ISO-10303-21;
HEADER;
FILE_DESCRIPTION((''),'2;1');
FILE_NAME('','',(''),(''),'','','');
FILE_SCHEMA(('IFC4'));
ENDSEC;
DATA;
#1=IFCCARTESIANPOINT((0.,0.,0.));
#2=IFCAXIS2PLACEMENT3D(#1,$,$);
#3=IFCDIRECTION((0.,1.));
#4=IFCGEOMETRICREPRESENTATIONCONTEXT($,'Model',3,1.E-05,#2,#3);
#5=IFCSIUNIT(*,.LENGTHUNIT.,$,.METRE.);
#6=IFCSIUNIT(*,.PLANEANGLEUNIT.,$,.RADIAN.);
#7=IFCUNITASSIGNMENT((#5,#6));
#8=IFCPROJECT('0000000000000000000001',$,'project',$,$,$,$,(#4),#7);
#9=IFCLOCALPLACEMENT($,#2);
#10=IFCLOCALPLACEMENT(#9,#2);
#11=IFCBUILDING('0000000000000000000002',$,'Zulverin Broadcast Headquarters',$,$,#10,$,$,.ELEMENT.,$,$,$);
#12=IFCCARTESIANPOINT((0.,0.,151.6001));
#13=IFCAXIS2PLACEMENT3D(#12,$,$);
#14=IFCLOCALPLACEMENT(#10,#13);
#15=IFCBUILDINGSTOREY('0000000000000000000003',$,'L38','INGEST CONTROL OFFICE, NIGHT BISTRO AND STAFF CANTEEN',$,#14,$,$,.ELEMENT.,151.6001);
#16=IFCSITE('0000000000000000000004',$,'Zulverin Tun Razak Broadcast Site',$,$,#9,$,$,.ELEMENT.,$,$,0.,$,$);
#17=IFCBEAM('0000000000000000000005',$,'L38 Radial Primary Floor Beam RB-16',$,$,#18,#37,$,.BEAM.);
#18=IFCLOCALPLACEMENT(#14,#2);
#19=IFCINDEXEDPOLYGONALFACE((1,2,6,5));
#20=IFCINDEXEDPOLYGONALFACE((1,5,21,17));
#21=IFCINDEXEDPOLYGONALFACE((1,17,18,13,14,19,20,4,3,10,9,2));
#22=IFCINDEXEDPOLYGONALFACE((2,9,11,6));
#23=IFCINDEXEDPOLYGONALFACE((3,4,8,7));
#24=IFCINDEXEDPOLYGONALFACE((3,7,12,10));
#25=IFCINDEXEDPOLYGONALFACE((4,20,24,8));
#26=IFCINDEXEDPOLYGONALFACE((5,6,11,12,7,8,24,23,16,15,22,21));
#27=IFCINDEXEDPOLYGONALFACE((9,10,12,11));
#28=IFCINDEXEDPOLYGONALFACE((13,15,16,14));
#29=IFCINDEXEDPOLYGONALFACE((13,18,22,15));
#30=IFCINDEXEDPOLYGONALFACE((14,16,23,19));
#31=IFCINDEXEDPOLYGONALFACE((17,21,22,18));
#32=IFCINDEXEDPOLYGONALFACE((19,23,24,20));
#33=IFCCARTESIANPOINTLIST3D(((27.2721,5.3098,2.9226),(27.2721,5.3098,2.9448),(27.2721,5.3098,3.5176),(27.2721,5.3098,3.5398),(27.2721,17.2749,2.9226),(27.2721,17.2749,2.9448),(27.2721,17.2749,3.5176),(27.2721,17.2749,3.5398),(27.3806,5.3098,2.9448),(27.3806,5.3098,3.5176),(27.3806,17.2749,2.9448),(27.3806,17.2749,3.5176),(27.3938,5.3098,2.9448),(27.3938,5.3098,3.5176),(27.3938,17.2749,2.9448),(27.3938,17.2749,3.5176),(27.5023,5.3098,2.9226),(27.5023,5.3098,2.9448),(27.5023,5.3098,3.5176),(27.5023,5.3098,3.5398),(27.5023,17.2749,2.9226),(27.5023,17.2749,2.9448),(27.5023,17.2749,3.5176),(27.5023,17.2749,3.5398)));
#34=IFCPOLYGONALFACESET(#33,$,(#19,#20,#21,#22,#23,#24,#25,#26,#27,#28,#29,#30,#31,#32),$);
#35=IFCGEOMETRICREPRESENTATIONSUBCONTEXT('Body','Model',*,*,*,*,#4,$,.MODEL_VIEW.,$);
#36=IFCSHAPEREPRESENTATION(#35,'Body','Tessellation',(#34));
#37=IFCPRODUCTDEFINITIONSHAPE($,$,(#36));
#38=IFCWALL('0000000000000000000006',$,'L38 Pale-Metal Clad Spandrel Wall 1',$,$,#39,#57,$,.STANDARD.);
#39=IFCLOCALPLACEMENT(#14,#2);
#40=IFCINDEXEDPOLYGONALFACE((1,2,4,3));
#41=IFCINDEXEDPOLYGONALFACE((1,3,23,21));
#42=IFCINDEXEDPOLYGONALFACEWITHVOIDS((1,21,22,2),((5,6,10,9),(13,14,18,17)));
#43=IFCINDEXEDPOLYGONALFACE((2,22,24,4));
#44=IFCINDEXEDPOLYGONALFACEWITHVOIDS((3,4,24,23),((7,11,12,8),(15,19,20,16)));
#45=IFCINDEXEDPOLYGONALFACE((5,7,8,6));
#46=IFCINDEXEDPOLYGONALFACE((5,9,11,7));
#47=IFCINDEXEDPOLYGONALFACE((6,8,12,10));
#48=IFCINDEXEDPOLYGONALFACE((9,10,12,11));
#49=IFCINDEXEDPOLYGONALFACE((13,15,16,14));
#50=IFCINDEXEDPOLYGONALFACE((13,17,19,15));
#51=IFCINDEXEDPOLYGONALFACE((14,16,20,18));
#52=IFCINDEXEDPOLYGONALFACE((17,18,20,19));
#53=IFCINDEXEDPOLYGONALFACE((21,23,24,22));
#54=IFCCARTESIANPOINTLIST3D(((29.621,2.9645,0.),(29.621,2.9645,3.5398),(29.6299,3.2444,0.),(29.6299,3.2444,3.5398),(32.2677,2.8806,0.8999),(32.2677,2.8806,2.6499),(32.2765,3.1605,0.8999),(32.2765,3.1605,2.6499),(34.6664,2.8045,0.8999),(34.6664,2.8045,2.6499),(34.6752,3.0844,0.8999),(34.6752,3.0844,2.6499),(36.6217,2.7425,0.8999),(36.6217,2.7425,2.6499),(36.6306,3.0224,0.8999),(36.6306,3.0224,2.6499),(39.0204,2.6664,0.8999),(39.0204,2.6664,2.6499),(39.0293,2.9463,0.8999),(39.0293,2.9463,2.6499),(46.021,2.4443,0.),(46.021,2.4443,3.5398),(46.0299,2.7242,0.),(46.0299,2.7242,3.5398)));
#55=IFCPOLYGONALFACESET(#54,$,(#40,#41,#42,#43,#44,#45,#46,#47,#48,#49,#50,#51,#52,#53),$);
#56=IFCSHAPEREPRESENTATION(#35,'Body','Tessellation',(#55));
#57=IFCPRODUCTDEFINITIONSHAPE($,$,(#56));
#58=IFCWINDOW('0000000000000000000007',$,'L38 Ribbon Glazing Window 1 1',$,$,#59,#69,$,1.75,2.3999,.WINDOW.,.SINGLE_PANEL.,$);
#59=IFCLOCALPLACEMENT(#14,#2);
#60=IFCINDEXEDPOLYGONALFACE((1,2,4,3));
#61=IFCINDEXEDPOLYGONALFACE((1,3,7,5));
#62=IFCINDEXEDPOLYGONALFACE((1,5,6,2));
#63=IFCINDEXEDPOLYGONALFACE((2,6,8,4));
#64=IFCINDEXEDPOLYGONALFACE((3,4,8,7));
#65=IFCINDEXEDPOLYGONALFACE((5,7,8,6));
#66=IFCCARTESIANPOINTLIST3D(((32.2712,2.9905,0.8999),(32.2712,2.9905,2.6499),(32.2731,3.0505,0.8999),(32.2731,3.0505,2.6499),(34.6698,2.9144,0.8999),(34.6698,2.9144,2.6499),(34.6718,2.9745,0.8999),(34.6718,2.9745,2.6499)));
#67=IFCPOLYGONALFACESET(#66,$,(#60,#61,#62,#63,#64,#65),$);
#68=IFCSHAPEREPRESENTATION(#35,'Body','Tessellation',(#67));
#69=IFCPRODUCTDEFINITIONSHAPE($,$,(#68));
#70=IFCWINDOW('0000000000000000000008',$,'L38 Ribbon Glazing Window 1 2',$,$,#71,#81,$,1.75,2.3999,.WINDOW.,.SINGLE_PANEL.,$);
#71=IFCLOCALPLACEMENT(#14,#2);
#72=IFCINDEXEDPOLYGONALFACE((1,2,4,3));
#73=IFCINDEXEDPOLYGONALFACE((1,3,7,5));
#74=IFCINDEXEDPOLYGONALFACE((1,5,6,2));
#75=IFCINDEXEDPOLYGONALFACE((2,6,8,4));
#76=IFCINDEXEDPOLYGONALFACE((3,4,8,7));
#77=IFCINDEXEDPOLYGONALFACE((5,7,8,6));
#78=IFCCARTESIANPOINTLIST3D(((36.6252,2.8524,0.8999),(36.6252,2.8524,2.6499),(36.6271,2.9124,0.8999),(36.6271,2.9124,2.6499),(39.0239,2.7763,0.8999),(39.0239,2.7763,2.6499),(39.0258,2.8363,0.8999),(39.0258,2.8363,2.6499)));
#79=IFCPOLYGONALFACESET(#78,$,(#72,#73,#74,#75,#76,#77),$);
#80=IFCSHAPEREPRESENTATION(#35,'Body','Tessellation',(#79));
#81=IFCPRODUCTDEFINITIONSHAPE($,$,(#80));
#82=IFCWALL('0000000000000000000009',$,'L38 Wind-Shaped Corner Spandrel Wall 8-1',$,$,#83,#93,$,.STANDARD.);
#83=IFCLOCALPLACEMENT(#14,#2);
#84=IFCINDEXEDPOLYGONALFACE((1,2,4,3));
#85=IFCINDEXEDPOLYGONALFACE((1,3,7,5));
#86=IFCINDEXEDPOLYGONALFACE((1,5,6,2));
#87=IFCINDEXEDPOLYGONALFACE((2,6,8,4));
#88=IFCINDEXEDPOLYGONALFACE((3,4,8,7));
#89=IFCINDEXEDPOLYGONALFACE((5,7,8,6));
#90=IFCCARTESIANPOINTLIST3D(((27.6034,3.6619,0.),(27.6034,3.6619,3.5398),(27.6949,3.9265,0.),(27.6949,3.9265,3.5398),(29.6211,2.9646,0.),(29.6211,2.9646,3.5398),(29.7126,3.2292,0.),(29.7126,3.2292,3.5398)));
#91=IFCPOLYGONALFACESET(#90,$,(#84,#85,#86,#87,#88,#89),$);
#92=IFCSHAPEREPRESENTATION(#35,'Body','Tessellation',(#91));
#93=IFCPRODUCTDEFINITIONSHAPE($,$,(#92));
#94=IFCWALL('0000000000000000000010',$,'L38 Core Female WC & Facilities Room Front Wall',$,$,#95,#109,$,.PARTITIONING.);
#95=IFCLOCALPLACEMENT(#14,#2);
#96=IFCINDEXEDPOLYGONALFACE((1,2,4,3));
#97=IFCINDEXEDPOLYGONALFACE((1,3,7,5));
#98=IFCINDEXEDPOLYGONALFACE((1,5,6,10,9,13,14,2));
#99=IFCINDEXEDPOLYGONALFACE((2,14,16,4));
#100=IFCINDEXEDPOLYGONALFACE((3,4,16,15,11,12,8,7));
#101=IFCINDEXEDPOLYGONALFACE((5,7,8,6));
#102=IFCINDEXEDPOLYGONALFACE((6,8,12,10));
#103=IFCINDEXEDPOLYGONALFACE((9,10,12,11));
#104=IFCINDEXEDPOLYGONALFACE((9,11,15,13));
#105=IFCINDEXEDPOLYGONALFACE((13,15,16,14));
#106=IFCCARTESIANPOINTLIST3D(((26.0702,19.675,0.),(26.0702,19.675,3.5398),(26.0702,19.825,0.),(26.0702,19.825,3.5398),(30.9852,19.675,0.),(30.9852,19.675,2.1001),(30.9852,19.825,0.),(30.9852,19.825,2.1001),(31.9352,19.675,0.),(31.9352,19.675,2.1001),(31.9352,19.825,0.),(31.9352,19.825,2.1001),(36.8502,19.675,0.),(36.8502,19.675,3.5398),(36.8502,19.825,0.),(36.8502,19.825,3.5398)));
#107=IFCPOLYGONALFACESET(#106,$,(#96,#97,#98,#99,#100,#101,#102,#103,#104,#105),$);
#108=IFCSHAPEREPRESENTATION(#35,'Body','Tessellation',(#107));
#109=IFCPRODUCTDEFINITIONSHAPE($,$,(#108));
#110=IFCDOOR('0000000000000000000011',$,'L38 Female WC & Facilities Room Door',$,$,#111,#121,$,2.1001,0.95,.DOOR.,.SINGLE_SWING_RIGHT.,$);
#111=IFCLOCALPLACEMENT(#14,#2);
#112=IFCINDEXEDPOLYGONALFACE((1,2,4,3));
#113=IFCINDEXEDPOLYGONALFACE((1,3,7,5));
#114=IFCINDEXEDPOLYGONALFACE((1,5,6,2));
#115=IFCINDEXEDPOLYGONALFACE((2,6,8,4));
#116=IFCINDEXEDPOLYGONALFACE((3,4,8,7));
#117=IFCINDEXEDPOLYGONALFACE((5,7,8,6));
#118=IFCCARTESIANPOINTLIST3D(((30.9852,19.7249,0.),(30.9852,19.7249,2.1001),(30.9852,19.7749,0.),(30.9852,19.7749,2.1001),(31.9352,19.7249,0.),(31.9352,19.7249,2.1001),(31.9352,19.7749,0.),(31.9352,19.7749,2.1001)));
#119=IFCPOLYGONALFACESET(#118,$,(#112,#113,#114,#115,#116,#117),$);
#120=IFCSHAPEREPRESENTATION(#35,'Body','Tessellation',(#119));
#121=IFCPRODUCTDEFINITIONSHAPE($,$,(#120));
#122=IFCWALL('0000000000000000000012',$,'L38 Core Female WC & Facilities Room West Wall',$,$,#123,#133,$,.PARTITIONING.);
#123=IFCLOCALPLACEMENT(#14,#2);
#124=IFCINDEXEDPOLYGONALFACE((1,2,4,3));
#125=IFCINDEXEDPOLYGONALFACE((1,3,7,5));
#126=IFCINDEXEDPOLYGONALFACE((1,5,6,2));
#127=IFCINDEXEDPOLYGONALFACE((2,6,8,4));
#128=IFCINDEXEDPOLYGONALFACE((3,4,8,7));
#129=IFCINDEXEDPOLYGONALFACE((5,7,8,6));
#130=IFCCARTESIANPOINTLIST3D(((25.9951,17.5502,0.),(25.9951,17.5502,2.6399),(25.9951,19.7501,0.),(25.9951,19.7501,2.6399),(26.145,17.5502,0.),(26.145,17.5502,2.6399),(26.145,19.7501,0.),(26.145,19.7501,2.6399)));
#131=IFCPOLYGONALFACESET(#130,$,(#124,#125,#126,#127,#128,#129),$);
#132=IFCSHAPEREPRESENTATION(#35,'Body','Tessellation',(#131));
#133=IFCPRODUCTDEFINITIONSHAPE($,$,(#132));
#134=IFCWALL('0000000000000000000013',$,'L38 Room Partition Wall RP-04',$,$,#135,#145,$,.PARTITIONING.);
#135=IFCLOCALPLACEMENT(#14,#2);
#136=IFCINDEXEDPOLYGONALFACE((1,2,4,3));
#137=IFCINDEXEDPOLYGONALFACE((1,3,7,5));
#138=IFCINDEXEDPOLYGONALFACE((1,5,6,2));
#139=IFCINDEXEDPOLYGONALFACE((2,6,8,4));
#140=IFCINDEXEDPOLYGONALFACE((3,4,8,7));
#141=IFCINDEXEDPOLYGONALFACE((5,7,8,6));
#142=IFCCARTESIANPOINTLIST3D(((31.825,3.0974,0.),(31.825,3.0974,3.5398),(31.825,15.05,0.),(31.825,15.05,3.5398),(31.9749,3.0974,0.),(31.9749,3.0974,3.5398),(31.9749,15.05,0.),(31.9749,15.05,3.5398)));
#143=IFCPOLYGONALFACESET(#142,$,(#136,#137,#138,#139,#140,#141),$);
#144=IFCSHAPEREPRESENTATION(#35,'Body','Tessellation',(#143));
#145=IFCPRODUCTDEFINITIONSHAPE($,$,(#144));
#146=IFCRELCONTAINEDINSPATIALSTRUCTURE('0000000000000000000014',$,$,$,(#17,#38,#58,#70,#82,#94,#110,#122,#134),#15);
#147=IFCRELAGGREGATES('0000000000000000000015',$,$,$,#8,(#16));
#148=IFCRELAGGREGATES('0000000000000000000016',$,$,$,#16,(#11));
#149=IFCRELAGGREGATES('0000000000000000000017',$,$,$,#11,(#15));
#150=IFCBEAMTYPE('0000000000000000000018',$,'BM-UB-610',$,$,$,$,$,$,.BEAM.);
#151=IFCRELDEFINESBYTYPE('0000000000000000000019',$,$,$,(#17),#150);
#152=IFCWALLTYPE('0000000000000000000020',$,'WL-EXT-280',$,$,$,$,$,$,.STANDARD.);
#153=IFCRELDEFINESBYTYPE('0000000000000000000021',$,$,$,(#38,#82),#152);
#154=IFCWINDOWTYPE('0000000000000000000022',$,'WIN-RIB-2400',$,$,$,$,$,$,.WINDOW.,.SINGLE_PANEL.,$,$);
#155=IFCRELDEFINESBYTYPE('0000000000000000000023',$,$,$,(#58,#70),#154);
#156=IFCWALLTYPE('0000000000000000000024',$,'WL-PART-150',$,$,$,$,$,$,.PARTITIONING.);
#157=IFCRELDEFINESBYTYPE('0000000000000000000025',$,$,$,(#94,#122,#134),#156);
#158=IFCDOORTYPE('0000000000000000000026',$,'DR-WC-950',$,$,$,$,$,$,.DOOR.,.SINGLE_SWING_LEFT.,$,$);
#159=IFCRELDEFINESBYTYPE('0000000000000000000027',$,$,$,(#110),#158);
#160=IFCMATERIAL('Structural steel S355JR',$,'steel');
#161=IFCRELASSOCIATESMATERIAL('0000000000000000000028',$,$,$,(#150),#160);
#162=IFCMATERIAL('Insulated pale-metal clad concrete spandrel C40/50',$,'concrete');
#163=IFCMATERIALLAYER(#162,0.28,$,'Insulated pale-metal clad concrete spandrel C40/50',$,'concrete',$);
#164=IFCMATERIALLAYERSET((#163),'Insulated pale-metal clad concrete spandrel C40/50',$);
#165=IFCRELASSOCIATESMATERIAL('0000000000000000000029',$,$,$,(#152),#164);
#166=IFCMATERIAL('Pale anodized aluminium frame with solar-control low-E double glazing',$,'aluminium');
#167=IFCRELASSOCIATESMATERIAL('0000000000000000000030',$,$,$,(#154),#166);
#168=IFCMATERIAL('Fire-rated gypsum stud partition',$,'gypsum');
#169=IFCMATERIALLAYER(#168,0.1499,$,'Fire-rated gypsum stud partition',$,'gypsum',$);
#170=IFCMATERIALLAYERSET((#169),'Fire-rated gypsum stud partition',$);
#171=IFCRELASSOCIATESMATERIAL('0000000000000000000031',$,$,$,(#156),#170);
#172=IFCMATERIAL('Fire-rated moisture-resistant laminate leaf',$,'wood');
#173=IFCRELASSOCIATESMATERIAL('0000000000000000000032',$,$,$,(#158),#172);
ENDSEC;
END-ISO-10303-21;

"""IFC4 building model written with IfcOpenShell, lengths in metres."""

from ifc_helpers import new_model, si_unit, direction, frame, frame_2d, origin, origin_2d, place, context, subcontext, project, spatial, rectangle, i_section, extrude, material, layer, layer_set, material_profile, profile_set, type_object, element, fill, save


model = new_model("IFC4")

# Units and contexts
model_context = context("Model", 3, precision=1e-05, world=origin(), true_north=direction((0.0, 1.0)))
body_context = subcontext(model_context, "Body", "Model", "MODEL_VIEW")
ifc_project = project(units=[si_unit("LENGTHUNIT", "METRE"), si_unit("PLANEANGLEUNIT", "RADIAN")], contexts=[model_context])

# Site, building, storey
site_placement = place(None, origin())
site = spatial("IfcSite", under=ifc_project, at=site_placement, Name="Zulverin Tun Razak Broadcast Site", CompositionType="ELEMENT", RefElevation=0.0)
building_placement = place(site_placement, origin())
building = spatial("IfcBuilding", under=site, at=building_placement, Name="Zulverin Broadcast Headquarters", CompositionType="ELEMENT")
storey_placement = place(building_placement, frame((0.0, 0.0, 151.6001)))
storey = spatial("IfcBuildingStorey", under=building, at=storey_placement, Name="L38", Description="INGEST CONTROL OFFICE, NIGHT BISTRO AND STAFF CANTEEN", CompositionType="ELEMENT", Elevation=151.6001)

# Beam
ifc_material_1 = material(Name="Structural steel S355JR", Category="steel")
ifc_material_profile_1 = material_profile(ifc_material_1, i_section(OverallWidth=0.2302, OverallDepth=0.6172, WebThickness=0.0132, FlangeThickness=0.0222, at=origin_2d()), Name="Structural steel S355JR", Category="steel")
ifc_profile_set_1 = profile_set([ifc_material_profile_1], Name="Structural steel S355JR")
beam_type_1 = type_object("IfcBeamType", Name="BM-UB-610", PredefinedType="BEAM", material=ifc_profile_set_1)
beam_1_placement = place(storey_placement, frame((27.3872, 17.2749, 3.2312), z_axis=(0.0, -1.0, 0.0), x_axis=(1.0, 0.0, 0.0)))
element("IfcBeam", 1, at=beam_1_placement, inside=storey, type_object=beam_type_1, Name="L38 Radial Primary Floor Beam RB-16", PredefinedType="BEAM", context=body_context, shape_type="SweptSolid", body=[
    extrude(i_section(OverallWidth=0.2302, OverallDepth=0.6172, WebThickness=0.0132, FlangeThickness=0.0222, at=origin_2d()), origin(), (0.0, 0.0, 1.0), 11.9651),
])

# Wall, openings, windows
ifc_material_2 = material(Name="Insulated pale-metal clad concrete spandrel C40/50", Category="concrete")
ifc_layer_1 = layer(ifc_material_2, 0.28, Name="Insulated pale-metal clad concrete spandrel C40/50", Category="concrete")
ifc_layer_set_1 = layer_set([ifc_layer_1], Name="Insulated pale-metal clad concrete spandrel C40/50")
wall_type_1 = type_object("IfcWallType", Name="WL-EXT-280", PredefinedType="STANDARD", material=ifc_layer_set_1)
wall_1_placement = place(storey_placement, frame((29.6255, 3.1045, 0.0), z_axis=(0.0, 0.0, 1.0), x_axis=(0.999497, -0.031708, 0.0)))
wall_1 = element("IfcWall", 2, at=wall_1_placement, inside=storey, type_object=wall_type_1, Name="L38 Pale-Metal Clad Spandrel Wall 1", PredefinedType="STANDARD", context=body_context, shape_type="SweptSolid", body=[
    extrude(rectangle(XDim=16.4082, YDim=0.28, at=frame_2d((8.2041, 0.0))), origin(), (0.0, 0.0, 1.0), 3.5398),
])
opening_1_placement = place(wall_1_placement, frame((2.6479, 0.0, 0.8999)))
opening_1 = element("IfcOpeningElement", 3, at=opening_1_placement, cuts=wall_1, PredefinedType="OPENING", context=body_context, shape_type="SweptSolid", body=[
    extrude(rectangle(XDim=2.3999, YDim=1.75, at=frame_2d((1.2, 0.875))), frame((0.0, 0.1499, 0.0), z_axis=(0.0, -1.0, 0.0), x_axis=(1.0, 0.0, 0.0)), (0.0, 0.0, 1.0), 0.3),
])
opening_2_placement = place(wall_1_placement, frame((7.0042, 0.0, 0.8999)))
opening_2 = element("IfcOpeningElement", 4, at=opening_2_placement, cuts=wall_1, PredefinedType="OPENING", context=body_context, shape_type="SweptSolid", body=[
    extrude(rectangle(XDim=2.3999, YDim=1.75, at=frame_2d((1.2, 0.875))), frame((0.0, 0.1499, 0.0), z_axis=(0.0, -1.0, 0.0), x_axis=(1.0, 0.0, 0.0)), (0.0, 0.0, 1.0), 0.3),
])
ifc_material_3 = material(Name="Pale anodized aluminium frame with solar-control low-E double glazing", Category="aluminium")
window_type = type_object("IfcWindowType", Name="WIN-RIB-2400", PartitioningType="SINGLE_PANEL", PredefinedType="WINDOW", material=ifc_material_3)
window_1_placement = place(opening_1_placement, origin())
window_1 = element("IfcWindow", 5, at=window_1_placement, inside=storey, type_object=window_type, Name="L38 Ribbon Glazing Window 1 1", OverallHeight=1.75, OverallWidth=2.3999, PartitioningType="SINGLE_PANEL", PredefinedType="WINDOW", context=body_context, shape_type="SweptSolid", body=[
    extrude(rectangle(XDim=2.3999, YDim=1.75, at=frame_2d((1.2, 0.875))), frame((0.0, 0.03, 0.0), z_axis=(0.0, -1.0, 0.0), x_axis=(1.0, 0.0, 0.0)), (0.0, 0.0, 1.0), 0.0601),
])
fill(opening_1, window_1)
window_2_placement = place(opening_2_placement, origin())
window_2 = element("IfcWindow", 6, at=window_2_placement, inside=storey, type_object=window_type, Name="L38 Ribbon Glazing Window 1 2", OverallHeight=1.75, OverallWidth=2.3999, PartitioningType="SINGLE_PANEL", PredefinedType="WINDOW", context=body_context, shape_type="SweptSolid", body=[
    extrude(rectangle(XDim=2.3999, YDim=1.75, at=frame_2d((1.2, 0.875))), frame((0.0, 0.03, 0.0), z_axis=(0.0, -1.0, 0.0), x_axis=(1.0, 0.0, 0.0)), (0.0, 0.0, 1.0), 0.0601),
])
fill(opening_2, window_2)

# Wall
wall_2_placement = place(storey_placement, frame((27.6492, 3.7942, 0.0), z_axis=(0.0, 0.0, 1.0), x_axis=(0.945149, -0.326639, 0.0)))
element("IfcWall", 7, at=wall_2_placement, inside=storey, type_object=wall_type_1, Name="L38 Wind-Shaped Corner Spandrel Wall 8-1", PredefinedType="STANDARD", context=body_context, shape_type="SweptSolid", body=[
    extrude(rectangle(XDim=2.1348, YDim=0.28, at=frame_2d((1.0674, 0.0))), origin(), (0.0, 0.0, 1.0), 3.5398),
])

# Wall, opening, door
ifc_material_4 = material(Name="Fire-rated gypsum stud partition", Category="gypsum")
ifc_layer_2 = layer(ifc_material_4, 0.1499, Name="Fire-rated gypsum stud partition", Category="gypsum")
ifc_layer_set_2 = layer_set([ifc_layer_2], Name="Fire-rated gypsum stud partition")
wall_type_2 = type_object("IfcWallType", Name="WL-PART-150", PredefinedType="PARTITIONING", material=ifc_layer_set_2)
wall_3_placement = place(storey_placement, frame((26.0701, 19.75, 0.0), z_axis=(0.0, 0.0, 1.0), x_axis=(1.0, 0.0, 0.0)))
wall_3 = element("IfcWall", 8, at=wall_3_placement, inside=storey, type_object=wall_type_2, Name="L38 Core Female WC & Facilities Room Front Wall", PredefinedType="PARTITIONING", context=body_context, shape_type="SweptSolid", body=[
    extrude(rectangle(XDim=10.78, YDim=0.1499, at=frame_2d((5.3901, 0.0))), origin(), (0.0, 0.0, 1.0), 3.5398),
])
opening_3_placement = place(wall_3_placement, frame((4.915, 0.0, 0.0)))
opening_3 = element("IfcOpeningElement", 9, at=opening_3_placement, cuts=wall_3, PredefinedType="OPENING", context=body_context, shape_type="SweptSolid", body=[
    extrude(rectangle(XDim=0.95, YDim=2.1001, at=frame_2d((0.4751, 1.05))), frame((0.0, 0.085, 0.0), z_axis=(0.0, -1.0, 0.0), x_axis=(1.0, 0.0, 0.0)), (0.0, 0.0, 1.0), 0.1699),
])
ifc_material_5 = material(Name="Fire-rated moisture-resistant laminate leaf", Category="wood")
door_type = type_object("IfcDoorType", Name="DR-WC-950", OperationType="SINGLE_SWING_LEFT", PredefinedType="DOOR", material=ifc_material_5)
door_placement = place(opening_3_placement, origin())
door = element("IfcDoor", 10, at=door_placement, inside=storey, type_object=door_type, Name="L38 Female WC & Facilities Room Door", OperationType="SINGLE_SWING_RIGHT", OverallHeight=2.1001, OverallWidth=0.95, PredefinedType="DOOR", context=body_context, shape_type="SweptSolid", body=[
    extrude(rectangle(XDim=0.95, YDim=2.1001, at=frame_2d((0.4751, 1.05))), frame((0.0, 0.0249, 0.0), z_axis=(0.0, -1.0, 0.0), x_axis=(1.0, 0.0, 0.0)), (0.0, 0.0, 1.0), 0.05),
])
fill(opening_3, door)

# Walls
wall_4_placement = place(storey_placement, frame((26.0701, 17.55, 0.0), z_axis=(0.0, 0.0, 1.0), x_axis=(0.0, 1.0, 0.0)))
element("IfcWall", 11, at=wall_4_placement, inside=storey, type_object=wall_type_2, Name="L38 Core Female WC & Facilities Room West Wall", PredefinedType="PARTITIONING", context=body_context, shape_type="SweptSolid", body=[
    extrude(rectangle(XDim=2.2, YDim=0.1499, at=frame_2d((1.1001, 0.0))), origin(), (0.0, 0.0, 1.0), 2.6399),
])
wall_5_placement = place(storey_placement, frame((31.8999, 3.0974, 0.0), z_axis=(0.0, 0.0, 1.0), x_axis=(0.0, 1.0, 0.0)))
element("IfcWall", 12, at=wall_5_placement, inside=storey, type_object=wall_type_2, Name="L38 Room Partition Wall RP-04", PredefinedType="PARTITIONING", context=body_context, shape_type="SweptSolid", body=[
    extrude(rectangle(XDim=11.9526, YDim=0.1499, at=frame_2d((5.9763, 0.0))), origin(), (0.0, 0.0, 1.0), 3.5398),
])

save(model, "model.ifc")
